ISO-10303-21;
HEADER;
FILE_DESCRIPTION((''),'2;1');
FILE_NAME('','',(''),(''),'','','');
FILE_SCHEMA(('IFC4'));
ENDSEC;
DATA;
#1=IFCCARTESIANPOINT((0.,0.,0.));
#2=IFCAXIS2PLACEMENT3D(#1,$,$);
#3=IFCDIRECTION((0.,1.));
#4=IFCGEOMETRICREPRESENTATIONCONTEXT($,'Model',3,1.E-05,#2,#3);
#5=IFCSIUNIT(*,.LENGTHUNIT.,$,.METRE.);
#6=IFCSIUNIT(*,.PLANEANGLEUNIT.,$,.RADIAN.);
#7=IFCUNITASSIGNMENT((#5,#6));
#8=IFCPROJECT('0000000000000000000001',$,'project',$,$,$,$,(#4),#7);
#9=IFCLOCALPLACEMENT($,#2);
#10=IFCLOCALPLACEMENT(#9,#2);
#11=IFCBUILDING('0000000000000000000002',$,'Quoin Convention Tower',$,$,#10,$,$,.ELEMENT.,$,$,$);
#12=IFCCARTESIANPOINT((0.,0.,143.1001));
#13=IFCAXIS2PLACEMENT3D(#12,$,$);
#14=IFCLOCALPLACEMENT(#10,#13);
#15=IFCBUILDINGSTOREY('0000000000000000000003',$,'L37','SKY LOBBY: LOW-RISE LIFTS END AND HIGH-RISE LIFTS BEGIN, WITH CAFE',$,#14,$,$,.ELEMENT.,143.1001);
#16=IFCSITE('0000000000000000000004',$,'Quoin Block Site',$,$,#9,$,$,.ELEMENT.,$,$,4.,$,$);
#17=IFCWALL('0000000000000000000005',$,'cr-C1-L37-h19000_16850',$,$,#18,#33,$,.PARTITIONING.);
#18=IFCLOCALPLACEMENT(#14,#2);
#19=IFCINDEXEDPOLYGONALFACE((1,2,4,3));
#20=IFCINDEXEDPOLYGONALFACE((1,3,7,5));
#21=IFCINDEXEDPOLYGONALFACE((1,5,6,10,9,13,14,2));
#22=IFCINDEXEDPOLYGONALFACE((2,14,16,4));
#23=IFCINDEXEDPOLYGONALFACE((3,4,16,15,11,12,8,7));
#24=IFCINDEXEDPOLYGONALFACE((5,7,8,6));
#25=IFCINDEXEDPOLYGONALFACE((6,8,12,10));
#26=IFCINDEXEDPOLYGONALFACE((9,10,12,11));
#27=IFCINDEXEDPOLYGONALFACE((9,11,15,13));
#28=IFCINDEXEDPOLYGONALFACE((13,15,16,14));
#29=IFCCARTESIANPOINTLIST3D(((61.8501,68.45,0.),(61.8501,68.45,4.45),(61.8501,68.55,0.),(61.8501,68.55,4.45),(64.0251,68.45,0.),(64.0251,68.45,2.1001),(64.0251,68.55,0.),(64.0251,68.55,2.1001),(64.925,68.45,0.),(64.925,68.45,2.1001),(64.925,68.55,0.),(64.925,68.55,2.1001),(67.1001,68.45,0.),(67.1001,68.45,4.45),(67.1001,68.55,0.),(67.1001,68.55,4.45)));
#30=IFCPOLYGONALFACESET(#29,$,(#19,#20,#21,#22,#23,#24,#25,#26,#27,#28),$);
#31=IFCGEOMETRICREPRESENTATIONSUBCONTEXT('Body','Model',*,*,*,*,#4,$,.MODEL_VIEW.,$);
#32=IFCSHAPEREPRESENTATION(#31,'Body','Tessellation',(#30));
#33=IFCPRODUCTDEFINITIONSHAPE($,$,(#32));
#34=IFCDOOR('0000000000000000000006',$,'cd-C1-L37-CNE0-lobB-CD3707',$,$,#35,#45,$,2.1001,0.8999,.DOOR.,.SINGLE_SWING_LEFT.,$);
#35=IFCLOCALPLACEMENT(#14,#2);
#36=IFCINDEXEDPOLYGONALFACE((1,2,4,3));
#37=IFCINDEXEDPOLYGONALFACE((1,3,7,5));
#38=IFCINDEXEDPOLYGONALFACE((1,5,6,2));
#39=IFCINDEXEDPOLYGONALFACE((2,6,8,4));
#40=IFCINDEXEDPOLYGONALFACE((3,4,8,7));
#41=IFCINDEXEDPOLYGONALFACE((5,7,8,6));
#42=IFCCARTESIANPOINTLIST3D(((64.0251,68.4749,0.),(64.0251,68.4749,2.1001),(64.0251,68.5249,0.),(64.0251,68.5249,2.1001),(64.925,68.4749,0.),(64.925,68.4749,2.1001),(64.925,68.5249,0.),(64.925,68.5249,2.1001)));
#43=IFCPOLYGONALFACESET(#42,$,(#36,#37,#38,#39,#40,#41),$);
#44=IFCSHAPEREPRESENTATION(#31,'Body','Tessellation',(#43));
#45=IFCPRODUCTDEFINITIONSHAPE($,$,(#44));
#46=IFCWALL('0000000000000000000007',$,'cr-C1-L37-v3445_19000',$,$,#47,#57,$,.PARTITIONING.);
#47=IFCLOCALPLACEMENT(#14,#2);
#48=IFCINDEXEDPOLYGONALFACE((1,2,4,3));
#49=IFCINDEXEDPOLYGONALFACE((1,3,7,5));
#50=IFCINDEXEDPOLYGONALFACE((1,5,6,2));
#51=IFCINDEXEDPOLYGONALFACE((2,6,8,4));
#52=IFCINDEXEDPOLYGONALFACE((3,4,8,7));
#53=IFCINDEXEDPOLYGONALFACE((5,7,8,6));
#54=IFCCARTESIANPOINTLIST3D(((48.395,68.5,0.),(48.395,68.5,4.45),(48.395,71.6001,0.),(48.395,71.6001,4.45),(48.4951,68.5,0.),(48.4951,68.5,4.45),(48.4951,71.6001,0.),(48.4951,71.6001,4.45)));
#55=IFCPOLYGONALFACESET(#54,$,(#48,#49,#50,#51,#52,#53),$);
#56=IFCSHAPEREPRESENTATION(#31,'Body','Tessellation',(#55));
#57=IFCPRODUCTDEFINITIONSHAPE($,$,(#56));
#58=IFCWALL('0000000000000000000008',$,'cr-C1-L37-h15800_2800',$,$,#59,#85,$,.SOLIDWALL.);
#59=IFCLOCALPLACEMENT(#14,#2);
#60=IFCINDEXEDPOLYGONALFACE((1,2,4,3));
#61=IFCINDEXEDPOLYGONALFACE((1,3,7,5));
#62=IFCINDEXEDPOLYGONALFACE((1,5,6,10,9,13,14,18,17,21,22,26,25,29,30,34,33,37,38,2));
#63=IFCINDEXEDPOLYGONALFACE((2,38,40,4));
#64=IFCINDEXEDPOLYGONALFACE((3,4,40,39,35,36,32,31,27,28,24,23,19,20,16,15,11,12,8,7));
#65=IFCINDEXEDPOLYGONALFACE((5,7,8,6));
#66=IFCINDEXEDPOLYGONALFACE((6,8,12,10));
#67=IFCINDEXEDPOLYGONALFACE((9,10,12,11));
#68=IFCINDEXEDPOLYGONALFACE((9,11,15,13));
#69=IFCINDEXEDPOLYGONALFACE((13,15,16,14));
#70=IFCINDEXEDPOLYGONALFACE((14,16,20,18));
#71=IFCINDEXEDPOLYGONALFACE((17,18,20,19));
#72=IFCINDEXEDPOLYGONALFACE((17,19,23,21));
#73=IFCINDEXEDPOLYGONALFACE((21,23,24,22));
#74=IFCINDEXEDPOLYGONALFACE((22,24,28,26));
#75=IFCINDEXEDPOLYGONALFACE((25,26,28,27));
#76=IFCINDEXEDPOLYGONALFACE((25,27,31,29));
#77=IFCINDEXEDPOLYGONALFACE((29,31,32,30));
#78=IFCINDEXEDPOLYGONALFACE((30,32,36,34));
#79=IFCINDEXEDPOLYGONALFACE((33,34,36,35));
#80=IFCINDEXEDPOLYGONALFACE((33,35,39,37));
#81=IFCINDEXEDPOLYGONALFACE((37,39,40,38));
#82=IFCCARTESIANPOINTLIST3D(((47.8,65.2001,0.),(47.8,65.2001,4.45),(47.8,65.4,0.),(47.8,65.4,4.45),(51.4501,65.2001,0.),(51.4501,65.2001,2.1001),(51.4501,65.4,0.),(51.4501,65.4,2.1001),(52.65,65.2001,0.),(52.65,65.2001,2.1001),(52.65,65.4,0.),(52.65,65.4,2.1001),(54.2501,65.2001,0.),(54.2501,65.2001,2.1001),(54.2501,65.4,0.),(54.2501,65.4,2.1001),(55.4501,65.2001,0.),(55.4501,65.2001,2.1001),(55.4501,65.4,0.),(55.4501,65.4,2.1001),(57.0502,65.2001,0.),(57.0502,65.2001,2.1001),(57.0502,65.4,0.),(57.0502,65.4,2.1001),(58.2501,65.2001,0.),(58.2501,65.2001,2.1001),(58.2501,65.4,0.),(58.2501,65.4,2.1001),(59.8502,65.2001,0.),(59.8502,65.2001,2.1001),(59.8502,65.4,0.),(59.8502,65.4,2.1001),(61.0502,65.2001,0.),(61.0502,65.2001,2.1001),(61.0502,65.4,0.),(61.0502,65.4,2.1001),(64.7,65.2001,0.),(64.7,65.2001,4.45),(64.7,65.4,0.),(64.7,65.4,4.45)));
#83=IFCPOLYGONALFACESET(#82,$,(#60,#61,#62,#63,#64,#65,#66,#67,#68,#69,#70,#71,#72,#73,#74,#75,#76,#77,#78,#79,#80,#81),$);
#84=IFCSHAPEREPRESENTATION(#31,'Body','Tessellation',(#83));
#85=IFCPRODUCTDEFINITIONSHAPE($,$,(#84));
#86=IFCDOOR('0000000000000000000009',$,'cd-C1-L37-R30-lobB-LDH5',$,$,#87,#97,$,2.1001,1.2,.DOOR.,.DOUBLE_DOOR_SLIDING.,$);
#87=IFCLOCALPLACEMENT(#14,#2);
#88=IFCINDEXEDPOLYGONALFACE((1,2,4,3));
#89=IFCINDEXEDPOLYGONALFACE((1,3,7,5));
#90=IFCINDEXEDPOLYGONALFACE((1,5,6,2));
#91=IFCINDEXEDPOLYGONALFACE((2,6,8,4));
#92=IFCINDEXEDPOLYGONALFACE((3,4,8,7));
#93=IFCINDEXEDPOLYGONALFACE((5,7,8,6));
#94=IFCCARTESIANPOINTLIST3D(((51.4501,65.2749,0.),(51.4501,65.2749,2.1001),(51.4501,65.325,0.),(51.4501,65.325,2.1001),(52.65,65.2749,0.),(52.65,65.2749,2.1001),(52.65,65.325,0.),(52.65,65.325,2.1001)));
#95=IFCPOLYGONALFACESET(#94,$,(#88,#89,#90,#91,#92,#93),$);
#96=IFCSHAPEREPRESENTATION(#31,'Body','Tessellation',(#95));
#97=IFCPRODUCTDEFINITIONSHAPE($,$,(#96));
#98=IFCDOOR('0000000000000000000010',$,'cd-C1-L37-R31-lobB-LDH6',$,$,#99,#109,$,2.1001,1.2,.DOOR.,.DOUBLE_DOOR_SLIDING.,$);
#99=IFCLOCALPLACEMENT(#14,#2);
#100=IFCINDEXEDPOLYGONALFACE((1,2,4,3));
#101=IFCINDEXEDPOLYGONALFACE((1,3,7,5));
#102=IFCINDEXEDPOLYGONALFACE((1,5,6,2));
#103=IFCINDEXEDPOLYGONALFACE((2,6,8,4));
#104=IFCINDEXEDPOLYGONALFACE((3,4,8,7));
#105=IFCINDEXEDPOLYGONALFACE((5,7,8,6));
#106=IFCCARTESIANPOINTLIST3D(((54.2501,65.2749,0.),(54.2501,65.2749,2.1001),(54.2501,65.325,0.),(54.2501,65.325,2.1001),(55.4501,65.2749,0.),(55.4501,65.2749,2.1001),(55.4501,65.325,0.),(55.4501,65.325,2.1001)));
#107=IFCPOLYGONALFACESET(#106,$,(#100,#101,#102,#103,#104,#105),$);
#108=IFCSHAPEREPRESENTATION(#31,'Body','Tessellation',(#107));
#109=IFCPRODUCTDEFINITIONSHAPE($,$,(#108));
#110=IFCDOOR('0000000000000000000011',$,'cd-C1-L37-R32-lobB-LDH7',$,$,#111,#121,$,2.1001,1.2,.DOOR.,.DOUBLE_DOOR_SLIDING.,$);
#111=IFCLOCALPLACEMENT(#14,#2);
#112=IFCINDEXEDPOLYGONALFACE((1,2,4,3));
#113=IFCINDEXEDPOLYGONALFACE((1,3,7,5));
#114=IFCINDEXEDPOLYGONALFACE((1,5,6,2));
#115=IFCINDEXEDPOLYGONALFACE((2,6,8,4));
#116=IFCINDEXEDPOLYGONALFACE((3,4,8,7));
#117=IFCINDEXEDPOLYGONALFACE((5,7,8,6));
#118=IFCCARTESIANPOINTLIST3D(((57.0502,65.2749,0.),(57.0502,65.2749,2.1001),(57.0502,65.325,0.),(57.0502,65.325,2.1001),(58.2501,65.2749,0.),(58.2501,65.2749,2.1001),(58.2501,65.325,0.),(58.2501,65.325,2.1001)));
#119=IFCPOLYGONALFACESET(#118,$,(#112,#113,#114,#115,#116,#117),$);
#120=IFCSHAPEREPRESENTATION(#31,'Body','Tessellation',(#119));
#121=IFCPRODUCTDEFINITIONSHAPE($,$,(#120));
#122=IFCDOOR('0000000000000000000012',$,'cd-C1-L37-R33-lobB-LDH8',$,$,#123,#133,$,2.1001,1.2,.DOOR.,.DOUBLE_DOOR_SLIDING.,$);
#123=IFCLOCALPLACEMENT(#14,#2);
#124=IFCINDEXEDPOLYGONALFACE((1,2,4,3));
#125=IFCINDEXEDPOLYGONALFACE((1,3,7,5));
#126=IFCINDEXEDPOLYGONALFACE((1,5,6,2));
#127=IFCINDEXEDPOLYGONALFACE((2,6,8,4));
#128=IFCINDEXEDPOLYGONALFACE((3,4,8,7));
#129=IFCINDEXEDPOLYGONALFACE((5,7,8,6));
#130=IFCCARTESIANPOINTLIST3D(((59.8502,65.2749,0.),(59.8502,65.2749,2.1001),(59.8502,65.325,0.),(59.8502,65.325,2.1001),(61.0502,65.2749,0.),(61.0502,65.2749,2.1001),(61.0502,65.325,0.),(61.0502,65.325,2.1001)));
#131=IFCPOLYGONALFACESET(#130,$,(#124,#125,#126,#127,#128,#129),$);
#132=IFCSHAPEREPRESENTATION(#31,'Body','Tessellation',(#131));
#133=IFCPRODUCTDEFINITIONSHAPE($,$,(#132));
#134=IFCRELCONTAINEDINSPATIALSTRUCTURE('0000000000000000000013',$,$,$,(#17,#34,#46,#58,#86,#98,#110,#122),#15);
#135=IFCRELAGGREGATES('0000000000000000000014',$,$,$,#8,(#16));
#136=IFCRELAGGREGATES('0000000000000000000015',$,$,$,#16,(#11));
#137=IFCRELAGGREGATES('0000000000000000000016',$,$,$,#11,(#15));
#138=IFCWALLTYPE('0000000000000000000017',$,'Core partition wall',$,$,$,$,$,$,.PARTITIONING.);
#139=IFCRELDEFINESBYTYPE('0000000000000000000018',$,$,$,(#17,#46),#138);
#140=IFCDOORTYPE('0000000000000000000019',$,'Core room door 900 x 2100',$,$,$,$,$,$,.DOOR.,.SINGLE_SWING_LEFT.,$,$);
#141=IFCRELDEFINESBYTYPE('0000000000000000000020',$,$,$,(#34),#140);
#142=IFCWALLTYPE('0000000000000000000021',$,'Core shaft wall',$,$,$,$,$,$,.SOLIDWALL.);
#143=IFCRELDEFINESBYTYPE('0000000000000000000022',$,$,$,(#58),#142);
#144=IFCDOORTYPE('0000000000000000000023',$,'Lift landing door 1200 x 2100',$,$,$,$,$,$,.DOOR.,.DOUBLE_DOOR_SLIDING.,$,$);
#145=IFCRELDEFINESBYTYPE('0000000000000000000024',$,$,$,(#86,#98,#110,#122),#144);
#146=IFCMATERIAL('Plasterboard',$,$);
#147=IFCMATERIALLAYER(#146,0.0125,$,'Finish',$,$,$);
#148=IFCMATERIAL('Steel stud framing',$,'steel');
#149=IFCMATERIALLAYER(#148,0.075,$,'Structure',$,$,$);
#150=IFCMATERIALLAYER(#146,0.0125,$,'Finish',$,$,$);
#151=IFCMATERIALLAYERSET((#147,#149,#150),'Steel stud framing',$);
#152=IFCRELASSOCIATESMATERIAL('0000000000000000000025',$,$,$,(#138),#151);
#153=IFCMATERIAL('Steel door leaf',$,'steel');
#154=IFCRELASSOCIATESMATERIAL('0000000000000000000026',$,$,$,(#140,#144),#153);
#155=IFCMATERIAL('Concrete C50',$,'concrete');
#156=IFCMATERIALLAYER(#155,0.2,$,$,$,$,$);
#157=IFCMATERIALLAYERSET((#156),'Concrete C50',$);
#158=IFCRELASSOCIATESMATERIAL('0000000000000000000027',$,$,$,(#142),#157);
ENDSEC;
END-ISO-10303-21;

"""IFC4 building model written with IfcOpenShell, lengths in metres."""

from ifc_helpers import new_model, si_unit, direction, frame, frame_2d, origin, place, context, subcontext, project, spatial, rectangle, extrude, material, layer, layer_set, type_object, element, fill, save


model = new_model("IFC4")

# Units and contexts
model_context = context("Model", 3, precision=1e-05, world=origin(), true_north=direction((0.0, 1.0)))
body_context = subcontext(model_context, "Body", "Model", "MODEL_VIEW")
ifc_project = project(units=[si_unit("LENGTHUNIT", "METRE"), si_unit("PLANEANGLEUNIT", "RADIAN")], contexts=[model_context])

# Site, building, storey
site_placement = place(None, origin())
site = spatial("IfcSite", under=ifc_project, at=site_placement, Name="Quoin Block Site", CompositionType="ELEMENT", RefElevation=4.0)
building_placement = place(site_placement, origin())
building = spatial("IfcBuilding", under=site, at=building_placement, Name="Quoin Convention Tower", CompositionType="ELEMENT")
storey_placement = place(building_placement, frame((0.0, 0.0, 143.1001)))
storey = spatial("IfcBuildingStorey", under=building, at=storey_placement, Name="L37", Description="SKY LOBBY: LOW-RISE LIFTS END AND HIGH-RISE LIFTS BEGIN, WITH CAFE", CompositionType="ELEMENT", Elevation=143.1001)

# Wall, opening, door
ifc_material_1 = material(Name="Plasterboard")
ifc_layer_1 = layer(ifc_material_1, 0.0125, Name="Finish")
ifc_material_2 = material(Name="Steel stud framing", Category="steel")
ifc_layer_2 = layer(ifc_material_2, 0.075, Name="Structure")
ifc_layer_3 = layer(ifc_material_1, 0.0125, Name="Finish")
ifc_layer_set_1 = layer_set([ifc_layer_1, ifc_layer_2, ifc_layer_3], Name="Steel stud framing")
wall_type_1 = type_object("IfcWallType", Name="Core partition wall", PredefinedType="PARTITIONING", material=ifc_layer_set_1)
wall_1_placement = place(storey_placement, frame((61.8501, 68.5, 0.0), z_axis=(0.0, 0.0, 1.0), x_axis=(1.0, 0.0, 0.0)))
wall_1 = element("IfcWall", 1, at=wall_1_placement, inside=storey, type_object=wall_type_1, Name="cr-C1-L37-h19000_16850", PredefinedType="PARTITIONING", context=body_context, shape_type="SweptSolid", body=[
    extrude(rectangle(XDim=5.25, YDim=0.1001, at=frame_2d((2.625, 0.0))), origin(), (0.0, 0.0, 1.0), 4.45),
])
opening_1_placement = place(wall_1_placement, frame((2.175, 0.0, 0.0)))
opening_1 = element("IfcOpeningElement", 2, at=opening_1_placement, cuts=wall_1, PredefinedType="OPENING", context=body_context, shape_type="SweptSolid", body=[
    extrude(rectangle(XDim=0.8999, YDim=2.1001, at=frame_2d((0.45, 1.05))), frame((0.0, 0.0601, 0.0), z_axis=(0.0, -1.0, 0.0), x_axis=(1.0, 0.0, 0.0)), (0.0, 0.0, 1.0), 0.1201),
])
ifc_material_3 = material(Name="Steel door leaf", Category="steel")
door_type_1 = type_object("IfcDoorType", Name="Core room door 900 x 2100", OperationType="SINGLE_SWING_LEFT", PredefinedType="DOOR", material=ifc_material_3)
door_1_placement = place(opening_1_placement, origin())
door_1 = element("IfcDoor", 3, at=door_1_placement, inside=storey, type_object=door_type_1, Name="cd-C1-L37-CNE0-lobB-CD3707", OperationType="SINGLE_SWING_LEFT", OverallHeight=2.1001, OverallWidth=0.8999, PredefinedType="DOOR", context=body_context, shape_type="SweptSolid", body=[
    extrude(rectangle(XDim=0.8999, YDim=2.1001, at=frame_2d((0.45, 1.05))), frame((0.0, 0.0249, 0.0), z_axis=(0.0, -1.0, 0.0), x_axis=(1.0, 0.0, 0.0)), (0.0, 0.0, 1.0), 0.05),
])
fill(opening_1, door_1)

# Wall
wall_2_placement = place(storey_placement, frame((48.4451, 68.5, 0.0), z_axis=(0.0, 0.0, 1.0), x_axis=(0.0, 1.0, 0.0)))
element("IfcWall", 4, at=wall_2_placement, inside=storey, type_object=wall_type_1, Name="cr-C1-L37-v3445_19000", PredefinedType="PARTITIONING", context=body_context, shape_type="SweptSolid", body=[
    extrude(rectangle(XDim=3.1001, YDim=0.1001, at=frame_2d((1.55, 0.0))), origin(), (0.0, 0.0, 1.0), 4.45),
])

# Wall, openings, doors
ifc_material_4 = material(Name="Concrete C50", Category="concrete")
ifc_layer_4 = layer(ifc_material_4, 0.2)
ifc_layer_set_2 = layer_set([ifc_layer_4], Name="Concrete C50")
wall_type_2 = type_object("IfcWallType", Name="Core shaft wall", PredefinedType="SOLIDWALL", material=ifc_layer_set_2)
wall_3_placement = place(storey_placement, frame((47.8, 65.3, 0.0), z_axis=(0.0, 0.0, 1.0), x_axis=(1.0, 0.0, 0.0)))
wall_3 = element("IfcWall", 5, at=wall_3_placement, inside=storey, type_object=wall_type_2, Name="cr-C1-L37-h15800_2800", PredefinedType="SOLIDWALL", context=body_context, shape_type="SweptSolid", body=[
    extrude(rectangle(XDim=16.8999, YDim=0.2, at=frame_2d((8.45, 0.0))), origin(), (0.0, 0.0, 1.0), 4.45),
])
opening_2_placement = place(wall_3_placement, frame((3.6499, 0.0, 0.0)))
opening_2 = element("IfcOpeningElement", 6, at=opening_2_placement, cuts=wall_3, PredefinedType="OPENING", context=body_context, shape_type="SweptSolid", body=[
    extrude(rectangle(XDim=1.2, YDim=2.1001, at=frame_2d((0.6001, 1.05))), frame((0.0, 0.1099, 0.0), z_axis=(0.0, -1.0, 0.0), x_axis=(1.0, 0.0, 0.0)), (0.0, 0.0, 1.0), 0.22),
])
opening_3_placement = place(wall_3_placement, frame((6.45, 0.0, 0.0)))
opening_3 = element("IfcOpeningElement", 7, at=opening_3_placement, cuts=wall_3, PredefinedType="OPENING", context=body_context, shape_type="SweptSolid", body=[
    extrude(rectangle(XDim=1.2, YDim=2.1001, at=frame_2d((0.6001, 1.05))), frame((0.0, 0.1099, 0.0), z_axis=(0.0, -1.0, 0.0), x_axis=(1.0, 0.0, 0.0)), (0.0, 0.0, 1.0), 0.22),
])
opening_4_placement = place(wall_3_placement, frame((9.25, 0.0, 0.0)))
opening_4 = element("IfcOpeningElement", 8, at=opening_4_placement, cuts=wall_3, PredefinedType="OPENING", context=body_context, shape_type="SweptSolid", body=[
    extrude(rectangle(XDim=1.2, YDim=2.1001, at=frame_2d((0.6001, 1.05))), frame((0.0, 0.1099, 0.0), z_axis=(0.0, -1.0, 0.0), x_axis=(1.0, 0.0, 0.0)), (0.0, 0.0, 1.0), 0.22),
])
opening_5_placement = place(wall_3_placement, frame((12.05, 0.0, 0.0)))
opening_5 = element("IfcOpeningElement", 9, at=opening_5_placement, cuts=wall_3, PredefinedType="OPENING", context=body_context, shape_type="SweptSolid", body=[
    extrude(rectangle(XDim=1.2, YDim=2.1001, at=frame_2d((0.6001, 1.05))), frame((0.0, 0.1099, 0.0), z_axis=(0.0, -1.0, 0.0), x_axis=(1.0, 0.0, 0.0)), (0.0, 0.0, 1.0), 0.22),
])
door_type_2 = type_object("IfcDoorType", Name="Lift landing door 1200 x 2100", OperationType="DOUBLE_DOOR_SLIDING", PredefinedType="DOOR", material=ifc_material_3)
door_2_placement = place(opening_2_placement, origin())
door_2 = element("IfcDoor", 10, at=door_2_placement, inside=storey, type_object=door_type_2, Name="cd-C1-L37-R30-lobB-LDH5", OperationType="DOUBLE_DOOR_SLIDING", OverallHeight=2.1001, OverallWidth=1.2, PredefinedType="DOOR", context=body_context, shape_type="SweptSolid", body=[
    extrude(rectangle(XDim=1.2, YDim=2.1001, at=frame_2d((0.6001, 1.05))), frame((0.0, 0.0249, 0.0), z_axis=(0.0, -1.0, 0.0), x_axis=(1.0, 0.0, 0.0)), (0.0, 0.0, 1.0), 0.05),
])
fill(opening_2, door_2)
door_3_placement = place(opening_3_placement, origin())
door_3 = element("IfcDoor", 11, at=door_3_placement, inside=storey, type_object=door_type_2, Name="cd-C1-L37-R31-lobB-LDH6", OperationType="DOUBLE_DOOR_SLIDING", OverallHeight=2.1001, OverallWidth=1.2, PredefinedType="DOOR", context=body_context, shape_type="SweptSolid", body=[
    extrude(rectangle(XDim=1.2, YDim=2.1001, at=frame_2d((0.6001, 1.05))), frame((0.0, 0.0249, 0.0), z_axis=(0.0, -1.0, 0.0), x_axis=(1.0, 0.0, 0.0)), (0.0, 0.0, 1.0), 0.05),
])
fill(opening_3, door_3)
door_4_placement = place(opening_4_placement, origin())
door_4 = element("IfcDoor", 12, at=door_4_placement, inside=storey, type_object=door_type_2, Name="cd-C1-L37-R32-lobB-LDH7", OperationType="DOUBLE_DOOR_SLIDING", OverallHeight=2.1001, OverallWidth=1.2, PredefinedType="DOOR", context=body_context, shape_type="SweptSolid", body=[
    extrude(rectangle(XDim=1.2, YDim=2.1001, at=frame_2d((0.6001, 1.05))), frame((0.0, 0.0249, 0.0), z_axis=(0.0, -1.0, 0.0), x_axis=(1.0, 0.0, 0.0)), (0.0, 0.0, 1.0), 0.05),
])
fill(opening_4, door_4)
door_5_placement = place(opening_5_placement, origin())
door_5 = element("IfcDoor", 13, at=door_5_placement, inside=storey, type_object=door_type_2, Name="cd-C1-L37-R33-lobB-LDH8", OperationType="DOUBLE_DOOR_SLIDING", OverallHeight=2.1001, OverallWidth=1.2, PredefinedType="DOOR", context=body_context, shape_type="SweptSolid", body=[
    extrude(rectangle(XDim=1.2, YDim=2.1001, at=frame_2d((0.6001, 1.05))), frame((0.0, 0.0249, 0.0), z_axis=(0.0, -1.0, 0.0), x_axis=(1.0, 0.0, 0.0)), (0.0, 0.0, 1.0), 0.05),
])
fill(opening_5, door_5)

save(model, "model.ifc")
